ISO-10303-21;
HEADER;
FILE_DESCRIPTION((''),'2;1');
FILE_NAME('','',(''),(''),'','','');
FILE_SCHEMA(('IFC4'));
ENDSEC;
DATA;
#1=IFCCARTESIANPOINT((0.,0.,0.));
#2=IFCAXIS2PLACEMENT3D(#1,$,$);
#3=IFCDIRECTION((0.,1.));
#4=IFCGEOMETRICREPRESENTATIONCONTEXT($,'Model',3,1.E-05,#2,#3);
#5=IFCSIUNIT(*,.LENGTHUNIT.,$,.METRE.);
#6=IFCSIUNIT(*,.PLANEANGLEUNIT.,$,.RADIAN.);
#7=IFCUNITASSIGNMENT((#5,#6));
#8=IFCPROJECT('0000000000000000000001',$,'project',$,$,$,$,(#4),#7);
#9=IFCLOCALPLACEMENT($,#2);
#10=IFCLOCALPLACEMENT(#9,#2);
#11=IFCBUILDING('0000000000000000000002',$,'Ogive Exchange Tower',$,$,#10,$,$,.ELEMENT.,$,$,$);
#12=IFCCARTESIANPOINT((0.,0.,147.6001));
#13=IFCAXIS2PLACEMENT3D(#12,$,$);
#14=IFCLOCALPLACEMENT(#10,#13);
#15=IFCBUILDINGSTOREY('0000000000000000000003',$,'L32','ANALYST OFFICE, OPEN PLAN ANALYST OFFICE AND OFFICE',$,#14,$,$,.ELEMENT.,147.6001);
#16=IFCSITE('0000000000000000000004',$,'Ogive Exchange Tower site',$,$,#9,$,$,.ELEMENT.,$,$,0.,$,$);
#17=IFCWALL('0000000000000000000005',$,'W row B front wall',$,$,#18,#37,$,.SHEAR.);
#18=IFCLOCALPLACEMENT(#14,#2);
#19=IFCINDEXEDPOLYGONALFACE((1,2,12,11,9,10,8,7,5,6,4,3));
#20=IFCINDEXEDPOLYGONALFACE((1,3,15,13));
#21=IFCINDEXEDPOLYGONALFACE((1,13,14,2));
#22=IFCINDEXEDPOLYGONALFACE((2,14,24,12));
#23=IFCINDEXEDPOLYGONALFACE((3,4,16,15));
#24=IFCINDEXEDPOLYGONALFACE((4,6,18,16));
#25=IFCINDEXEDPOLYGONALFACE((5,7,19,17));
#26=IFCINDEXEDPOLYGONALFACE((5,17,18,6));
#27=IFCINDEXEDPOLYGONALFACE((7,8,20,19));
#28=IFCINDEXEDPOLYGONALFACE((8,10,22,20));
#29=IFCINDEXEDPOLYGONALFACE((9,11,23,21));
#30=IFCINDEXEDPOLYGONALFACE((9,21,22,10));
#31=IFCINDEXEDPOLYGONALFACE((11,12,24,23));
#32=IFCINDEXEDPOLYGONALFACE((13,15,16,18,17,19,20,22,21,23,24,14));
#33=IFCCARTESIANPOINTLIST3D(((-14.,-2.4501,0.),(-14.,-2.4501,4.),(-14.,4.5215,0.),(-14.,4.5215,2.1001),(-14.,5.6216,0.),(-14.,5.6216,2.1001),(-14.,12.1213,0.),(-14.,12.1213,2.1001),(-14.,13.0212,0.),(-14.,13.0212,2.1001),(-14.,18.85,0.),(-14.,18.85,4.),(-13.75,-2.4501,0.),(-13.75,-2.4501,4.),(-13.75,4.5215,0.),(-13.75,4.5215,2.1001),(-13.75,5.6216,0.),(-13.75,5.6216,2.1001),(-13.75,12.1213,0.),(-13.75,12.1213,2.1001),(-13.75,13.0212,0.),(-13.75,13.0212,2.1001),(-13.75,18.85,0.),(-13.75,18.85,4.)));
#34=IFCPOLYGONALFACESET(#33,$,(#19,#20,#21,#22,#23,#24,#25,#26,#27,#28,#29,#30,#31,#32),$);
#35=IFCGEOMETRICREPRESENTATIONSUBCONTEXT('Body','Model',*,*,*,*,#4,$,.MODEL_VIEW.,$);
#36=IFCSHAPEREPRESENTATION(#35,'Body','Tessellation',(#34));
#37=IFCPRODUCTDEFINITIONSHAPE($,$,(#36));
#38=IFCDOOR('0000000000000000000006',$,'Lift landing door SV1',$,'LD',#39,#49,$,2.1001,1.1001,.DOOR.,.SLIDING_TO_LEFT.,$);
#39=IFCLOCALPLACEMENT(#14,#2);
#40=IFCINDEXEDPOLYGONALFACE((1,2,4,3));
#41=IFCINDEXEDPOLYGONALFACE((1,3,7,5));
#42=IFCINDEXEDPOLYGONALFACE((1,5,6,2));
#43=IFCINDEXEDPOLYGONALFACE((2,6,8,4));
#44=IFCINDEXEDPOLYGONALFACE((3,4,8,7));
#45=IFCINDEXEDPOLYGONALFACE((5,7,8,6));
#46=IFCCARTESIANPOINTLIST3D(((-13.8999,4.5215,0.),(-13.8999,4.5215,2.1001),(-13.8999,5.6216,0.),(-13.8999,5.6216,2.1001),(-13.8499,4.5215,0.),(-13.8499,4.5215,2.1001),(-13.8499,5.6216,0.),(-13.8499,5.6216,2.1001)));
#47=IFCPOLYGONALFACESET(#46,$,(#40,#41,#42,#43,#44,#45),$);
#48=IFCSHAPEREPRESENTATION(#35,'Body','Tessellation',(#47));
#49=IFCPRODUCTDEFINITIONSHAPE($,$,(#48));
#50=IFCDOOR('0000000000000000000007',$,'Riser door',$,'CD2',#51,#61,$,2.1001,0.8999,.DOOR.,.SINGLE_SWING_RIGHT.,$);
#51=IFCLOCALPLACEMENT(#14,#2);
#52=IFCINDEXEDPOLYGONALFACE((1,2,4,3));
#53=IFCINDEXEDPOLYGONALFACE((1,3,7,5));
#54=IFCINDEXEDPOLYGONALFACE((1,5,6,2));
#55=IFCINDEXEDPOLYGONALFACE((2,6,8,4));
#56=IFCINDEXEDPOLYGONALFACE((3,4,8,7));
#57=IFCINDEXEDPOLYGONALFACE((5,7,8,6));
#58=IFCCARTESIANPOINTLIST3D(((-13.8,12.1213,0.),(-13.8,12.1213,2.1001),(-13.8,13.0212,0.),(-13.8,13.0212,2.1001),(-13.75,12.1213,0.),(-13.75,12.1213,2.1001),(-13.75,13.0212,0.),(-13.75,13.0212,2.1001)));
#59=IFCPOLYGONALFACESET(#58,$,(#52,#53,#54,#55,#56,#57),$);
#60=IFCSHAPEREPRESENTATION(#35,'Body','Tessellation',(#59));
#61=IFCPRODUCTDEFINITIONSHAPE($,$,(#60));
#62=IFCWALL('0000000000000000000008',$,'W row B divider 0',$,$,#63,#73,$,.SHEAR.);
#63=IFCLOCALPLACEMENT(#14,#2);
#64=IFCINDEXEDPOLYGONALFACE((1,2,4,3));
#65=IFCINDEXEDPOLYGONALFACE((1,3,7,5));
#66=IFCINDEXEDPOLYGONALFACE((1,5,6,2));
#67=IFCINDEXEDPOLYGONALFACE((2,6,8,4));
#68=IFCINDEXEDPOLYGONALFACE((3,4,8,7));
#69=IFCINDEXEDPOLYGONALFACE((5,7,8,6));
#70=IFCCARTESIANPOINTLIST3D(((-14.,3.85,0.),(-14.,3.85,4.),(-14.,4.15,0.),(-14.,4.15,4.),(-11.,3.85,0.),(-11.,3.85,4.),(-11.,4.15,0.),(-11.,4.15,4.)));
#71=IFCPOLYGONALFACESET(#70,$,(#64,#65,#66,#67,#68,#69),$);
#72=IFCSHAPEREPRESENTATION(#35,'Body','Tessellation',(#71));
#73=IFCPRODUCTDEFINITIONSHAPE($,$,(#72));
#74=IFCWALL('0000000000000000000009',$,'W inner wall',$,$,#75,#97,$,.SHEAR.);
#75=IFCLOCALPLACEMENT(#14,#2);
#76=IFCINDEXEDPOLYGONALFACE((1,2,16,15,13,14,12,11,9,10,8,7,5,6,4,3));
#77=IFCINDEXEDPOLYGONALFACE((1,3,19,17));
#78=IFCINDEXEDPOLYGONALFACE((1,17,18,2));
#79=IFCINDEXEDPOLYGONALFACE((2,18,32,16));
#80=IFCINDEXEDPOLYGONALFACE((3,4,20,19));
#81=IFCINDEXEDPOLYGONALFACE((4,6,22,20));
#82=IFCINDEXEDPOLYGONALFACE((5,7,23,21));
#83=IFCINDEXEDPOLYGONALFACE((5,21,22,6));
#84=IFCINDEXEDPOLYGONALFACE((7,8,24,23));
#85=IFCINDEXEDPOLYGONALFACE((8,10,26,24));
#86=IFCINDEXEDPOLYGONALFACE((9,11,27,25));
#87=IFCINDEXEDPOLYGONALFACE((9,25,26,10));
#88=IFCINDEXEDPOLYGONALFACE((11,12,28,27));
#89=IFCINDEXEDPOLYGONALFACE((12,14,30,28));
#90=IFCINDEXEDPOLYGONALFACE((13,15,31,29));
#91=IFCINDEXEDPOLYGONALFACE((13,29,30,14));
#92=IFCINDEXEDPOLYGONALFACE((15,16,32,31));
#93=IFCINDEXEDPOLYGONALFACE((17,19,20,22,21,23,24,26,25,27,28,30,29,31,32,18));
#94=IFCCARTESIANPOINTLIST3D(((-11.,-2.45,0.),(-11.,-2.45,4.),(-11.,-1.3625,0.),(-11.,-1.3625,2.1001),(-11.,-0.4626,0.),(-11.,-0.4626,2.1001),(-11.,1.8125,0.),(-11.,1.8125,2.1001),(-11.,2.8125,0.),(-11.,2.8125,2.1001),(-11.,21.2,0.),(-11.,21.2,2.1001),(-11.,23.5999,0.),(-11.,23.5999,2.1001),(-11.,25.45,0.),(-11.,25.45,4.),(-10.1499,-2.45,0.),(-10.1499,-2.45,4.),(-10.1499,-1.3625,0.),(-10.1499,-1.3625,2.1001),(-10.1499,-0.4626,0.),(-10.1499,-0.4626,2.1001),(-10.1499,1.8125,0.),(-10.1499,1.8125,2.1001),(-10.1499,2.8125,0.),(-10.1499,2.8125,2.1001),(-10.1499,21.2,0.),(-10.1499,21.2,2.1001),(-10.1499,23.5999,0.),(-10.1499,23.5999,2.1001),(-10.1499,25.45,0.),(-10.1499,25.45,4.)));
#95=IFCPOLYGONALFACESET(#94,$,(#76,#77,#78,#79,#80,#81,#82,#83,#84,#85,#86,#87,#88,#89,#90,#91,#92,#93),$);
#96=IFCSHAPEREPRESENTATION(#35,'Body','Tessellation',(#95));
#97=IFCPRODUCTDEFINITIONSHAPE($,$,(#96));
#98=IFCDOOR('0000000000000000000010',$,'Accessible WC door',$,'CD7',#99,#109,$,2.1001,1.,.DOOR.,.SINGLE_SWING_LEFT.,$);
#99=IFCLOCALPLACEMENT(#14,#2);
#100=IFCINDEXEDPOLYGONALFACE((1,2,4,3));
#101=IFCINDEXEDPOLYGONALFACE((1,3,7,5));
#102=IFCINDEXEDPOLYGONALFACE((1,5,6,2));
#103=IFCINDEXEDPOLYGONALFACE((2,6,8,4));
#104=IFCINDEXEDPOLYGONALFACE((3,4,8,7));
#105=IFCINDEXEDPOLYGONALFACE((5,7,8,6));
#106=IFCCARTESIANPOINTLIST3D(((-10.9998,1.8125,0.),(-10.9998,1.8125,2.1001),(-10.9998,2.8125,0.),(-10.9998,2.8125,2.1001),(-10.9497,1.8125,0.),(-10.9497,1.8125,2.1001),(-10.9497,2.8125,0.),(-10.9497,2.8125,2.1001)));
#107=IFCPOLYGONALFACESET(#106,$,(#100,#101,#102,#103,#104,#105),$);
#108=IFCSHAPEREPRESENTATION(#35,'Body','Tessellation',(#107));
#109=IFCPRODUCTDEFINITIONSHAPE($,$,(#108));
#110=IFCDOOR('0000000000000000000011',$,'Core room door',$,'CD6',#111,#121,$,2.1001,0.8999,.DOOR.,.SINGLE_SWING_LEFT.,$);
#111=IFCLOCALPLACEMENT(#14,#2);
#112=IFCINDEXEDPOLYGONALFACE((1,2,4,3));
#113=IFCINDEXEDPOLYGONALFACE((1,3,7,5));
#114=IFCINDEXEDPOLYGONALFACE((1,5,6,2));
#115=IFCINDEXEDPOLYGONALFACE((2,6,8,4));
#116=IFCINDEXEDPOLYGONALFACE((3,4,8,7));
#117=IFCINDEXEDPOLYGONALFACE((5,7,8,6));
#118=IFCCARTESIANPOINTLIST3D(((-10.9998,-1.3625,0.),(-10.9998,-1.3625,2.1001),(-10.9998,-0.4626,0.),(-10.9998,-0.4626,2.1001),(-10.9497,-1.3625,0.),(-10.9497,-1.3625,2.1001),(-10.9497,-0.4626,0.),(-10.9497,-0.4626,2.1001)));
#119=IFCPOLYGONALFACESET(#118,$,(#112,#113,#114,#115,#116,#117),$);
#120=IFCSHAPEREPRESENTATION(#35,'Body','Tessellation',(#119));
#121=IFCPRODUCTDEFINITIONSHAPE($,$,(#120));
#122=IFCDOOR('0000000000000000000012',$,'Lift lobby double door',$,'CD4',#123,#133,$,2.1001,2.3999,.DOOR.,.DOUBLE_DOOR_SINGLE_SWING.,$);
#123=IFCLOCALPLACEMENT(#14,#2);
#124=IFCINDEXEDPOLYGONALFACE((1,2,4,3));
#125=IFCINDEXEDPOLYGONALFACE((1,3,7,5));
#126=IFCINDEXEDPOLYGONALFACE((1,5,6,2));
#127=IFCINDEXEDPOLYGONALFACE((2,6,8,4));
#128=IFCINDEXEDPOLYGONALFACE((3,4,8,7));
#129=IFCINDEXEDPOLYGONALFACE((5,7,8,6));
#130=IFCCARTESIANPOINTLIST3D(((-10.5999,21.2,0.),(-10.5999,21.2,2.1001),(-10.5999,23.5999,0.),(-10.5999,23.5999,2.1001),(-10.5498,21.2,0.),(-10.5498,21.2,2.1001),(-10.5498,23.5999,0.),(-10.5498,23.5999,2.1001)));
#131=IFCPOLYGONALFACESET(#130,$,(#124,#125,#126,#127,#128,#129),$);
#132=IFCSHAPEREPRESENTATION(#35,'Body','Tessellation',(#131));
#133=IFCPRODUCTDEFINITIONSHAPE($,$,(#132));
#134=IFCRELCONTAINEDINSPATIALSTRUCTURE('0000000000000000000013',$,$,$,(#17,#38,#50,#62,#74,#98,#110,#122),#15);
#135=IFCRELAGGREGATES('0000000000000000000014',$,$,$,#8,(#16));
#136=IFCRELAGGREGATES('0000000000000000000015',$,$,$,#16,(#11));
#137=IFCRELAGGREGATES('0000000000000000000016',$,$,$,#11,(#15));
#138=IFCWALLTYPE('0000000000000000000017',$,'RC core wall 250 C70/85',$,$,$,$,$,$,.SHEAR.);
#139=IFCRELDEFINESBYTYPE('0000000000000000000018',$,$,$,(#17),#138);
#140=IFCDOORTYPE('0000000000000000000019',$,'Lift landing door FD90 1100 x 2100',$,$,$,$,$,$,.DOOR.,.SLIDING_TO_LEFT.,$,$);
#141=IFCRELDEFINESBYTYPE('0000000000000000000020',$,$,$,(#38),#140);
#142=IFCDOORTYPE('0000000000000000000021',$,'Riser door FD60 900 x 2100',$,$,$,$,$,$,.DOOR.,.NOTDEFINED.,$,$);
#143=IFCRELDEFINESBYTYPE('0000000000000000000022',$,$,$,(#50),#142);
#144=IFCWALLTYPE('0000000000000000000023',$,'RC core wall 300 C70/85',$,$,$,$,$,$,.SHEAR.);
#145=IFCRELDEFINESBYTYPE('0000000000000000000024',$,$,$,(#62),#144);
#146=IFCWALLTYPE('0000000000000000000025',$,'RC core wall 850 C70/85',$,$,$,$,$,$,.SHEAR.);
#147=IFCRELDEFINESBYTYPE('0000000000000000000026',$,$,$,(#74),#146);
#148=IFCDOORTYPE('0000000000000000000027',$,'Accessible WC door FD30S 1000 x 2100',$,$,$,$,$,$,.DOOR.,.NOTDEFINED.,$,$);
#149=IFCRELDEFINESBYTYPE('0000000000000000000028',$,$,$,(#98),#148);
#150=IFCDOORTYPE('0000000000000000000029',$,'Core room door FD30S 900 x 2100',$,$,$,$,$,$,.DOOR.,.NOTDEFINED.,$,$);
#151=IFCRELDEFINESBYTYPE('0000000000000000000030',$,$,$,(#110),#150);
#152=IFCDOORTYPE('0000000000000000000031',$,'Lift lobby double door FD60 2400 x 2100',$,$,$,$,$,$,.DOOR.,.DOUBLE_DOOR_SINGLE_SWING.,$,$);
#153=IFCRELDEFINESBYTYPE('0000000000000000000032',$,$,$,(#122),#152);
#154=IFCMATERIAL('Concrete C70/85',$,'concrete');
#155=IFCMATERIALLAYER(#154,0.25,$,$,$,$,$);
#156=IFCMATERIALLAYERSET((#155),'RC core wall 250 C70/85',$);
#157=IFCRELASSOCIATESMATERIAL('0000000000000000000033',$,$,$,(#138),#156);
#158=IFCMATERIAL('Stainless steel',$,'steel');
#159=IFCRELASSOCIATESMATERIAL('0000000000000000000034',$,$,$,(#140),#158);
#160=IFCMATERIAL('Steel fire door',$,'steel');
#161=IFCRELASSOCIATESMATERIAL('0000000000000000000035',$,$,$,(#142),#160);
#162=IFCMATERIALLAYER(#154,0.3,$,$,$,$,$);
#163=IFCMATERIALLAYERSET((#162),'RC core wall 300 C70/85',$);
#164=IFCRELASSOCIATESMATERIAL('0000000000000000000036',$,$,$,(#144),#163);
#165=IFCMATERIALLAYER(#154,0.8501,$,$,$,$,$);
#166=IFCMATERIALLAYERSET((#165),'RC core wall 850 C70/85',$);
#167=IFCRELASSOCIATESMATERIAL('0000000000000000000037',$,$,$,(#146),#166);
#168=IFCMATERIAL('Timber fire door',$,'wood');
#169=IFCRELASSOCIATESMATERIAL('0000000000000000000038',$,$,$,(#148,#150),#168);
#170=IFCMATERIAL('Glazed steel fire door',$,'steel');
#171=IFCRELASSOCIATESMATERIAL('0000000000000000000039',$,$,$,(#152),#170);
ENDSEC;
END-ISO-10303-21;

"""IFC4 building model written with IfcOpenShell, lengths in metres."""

from ifc_helpers import new_model, si_unit, direction, frame, frame_2d, origin, place, context, subcontext, project, spatial, rectangle, extrude, material, layer, layer_set, type_object, element, fill, save


model = new_model("IFC4")

# Units and contexts
model_context = context("Model", 3, precision=1e-05, world=origin(), true_north=direction((0.0, 1.0)))
body_context = subcontext(model_context, "Body", "Model", "MODEL_VIEW")
ifc_project = project(units=[si_unit("LENGTHUNIT", "METRE"), si_unit("PLANEANGLEUNIT", "RADIAN")], contexts=[model_context])

# Site, building, storey
site_placement = place(None, origin())
site = spatial("IfcSite", under=ifc_project, at=site_placement, Name="Ogive Exchange Tower site", CompositionType="ELEMENT", RefElevation=0.0)
building_placement = place(site_placement, origin())
building = spatial("IfcBuilding", under=site, at=building_placement, Name="Ogive Exchange Tower", CompositionType="ELEMENT")
storey_placement = place(building_placement, frame((0.0, 0.0, 147.6001)))
storey = spatial("IfcBuildingStorey", under=building, at=storey_placement, Name="L32", Description="ANALYST OFFICE, OPEN PLAN ANALYST OFFICE AND OFFICE", CompositionType="ELEMENT", Elevation=147.6001)

# Shared definitions
ifc_material_1 = material(Name="Concrete C70/85", Category="concrete")
ifc_layer_1 = layer(ifc_material_1, 0.25)
ifc_layer_set_1 = layer_set([ifc_layer_1], Name="RC core wall 250 C70/85")
wall_type_1 = type_object("IfcWallType", Name="RC core wall 250 C70/85", PredefinedType="SHEAR", material=ifc_layer_set_1)
ifc_material_2 = material(Name="Steel fire door", Category="steel")

# Wall, openings, doors
ifc_material_3 = material(Name="Stainless steel", Category="steel")
door_type_1 = type_object("IfcDoorType", Name="Lift landing door FD90 1100 x 2100", OperationType="SLIDING_TO_LEFT", PredefinedType="DOOR", material=ifc_material_3)
wall_1_placement = place(storey_placement, frame((-13.875, -2.45, 0.0), z_axis=(0.0, 0.0, 1.0), x_axis=(0.0, 1.0, 0.0)))
wall_1 = element("IfcWall", 1, at=wall_1_placement, inside=storey, type_object=wall_type_1, Name="W row B front wall", PredefinedType="SHEAR", context=body_context, shape_type="SweptSolid", body=[
    extrude(rectangle(XDim=21.3, YDim=0.25, at=frame_2d((10.6499, 0.0))), origin(), (0.0, 0.0, 1.0), 4.0),
])
opening_1_placement = place(wall_1_placement, frame((14.5713, 0.0, 0.0)))
opening_1 = element("IfcOpeningElement", 2, at=opening_1_placement, cuts=wall_1, PredefinedType="OPENING", context=body_context, shape_type="SweptSolid", body=[
    extrude(rectangle(XDim=0.8999, YDim=2.1001, at=frame_2d((0.45, 1.05))), frame((0.0, 0.135, 0.0), z_axis=(0.0, -1.0, 0.0), x_axis=(1.0, 0.0, 0.0)), (0.0, 0.0, 1.0), 0.27),
])
opening_2_placement = place(wall_1_placement, frame((6.9714, 0.0, 0.0)))
opening_2 = element("IfcOpeningElement", 3, at=opening_2_placement, cuts=wall_1, PredefinedType="OPENING", context=body_context, shape_type="SweptSolid", body=[
    extrude(rectangle(XDim=1.1001, YDim=2.1001, at=frame_2d((0.55, 1.05))), frame((0.0, 0.135, 0.0), z_axis=(0.0, -1.0, 0.0), x_axis=(1.0, 0.0, 0.0)), (0.0, 0.0, 1.0), 0.27),
])
door_1_placement = place(opening_2_placement, origin())
door_1 = element("IfcDoor", 4, at=door_1_placement, inside=storey, type_object=door_type_1, Name="Lift landing door SV1", ObjectType="LD", OperationType="SLIDING_TO_LEFT", OverallHeight=2.1001, OverallWidth=1.1001, PredefinedType="DOOR", context=body_context, shape_type="SweptSolid", body=[
    extrude(rectangle(XDim=1.1001, YDim=2.1001, at=frame_2d((0.55, 1.05))), frame((0.0, 0.0249, 0.0), z_axis=(0.0, -1.0, 0.0), x_axis=(1.0, 0.0, 0.0)), (0.0, 0.0, 1.0), 0.05),
])
fill(opening_2, door_1)
door_type_2 = type_object("IfcDoorType", Name="Riser door FD60 900 x 2100", OperationType="NOTDEFINED", PredefinedType="DOOR", material=ifc_material_2)
door_2_placement = place(opening_1_placement, frame((0.8999, -0.2002, 0.0), z_axis=(0.0, 0.0, 1.0), x_axis=(-1.0, 0.0, 0.0)))
door_2 = element("IfcDoor", 5, at=door_2_placement, inside=storey, type_object=door_type_2, Name="Riser door", ObjectType="CD2", OperationType="SINGLE_SWING_RIGHT", OverallHeight=2.1001, OverallWidth=0.8999, PredefinedType="DOOR", context=body_context, shape_type="SweptSolid", body=[
    extrude(rectangle(XDim=0.8999, YDim=2.1001, at=frame_2d((0.45, 1.05))), frame((0.0, -0.0752, 0.0), z_axis=(0.0, -1.0, 0.0), x_axis=(1.0, 0.0, 0.0)), (0.0, 0.0, 1.0), 0.05),
])
fill(opening_1, door_2)

# Wall
ifc_layer_2 = layer(ifc_material_1, 0.3)
ifc_layer_set_2 = layer_set([ifc_layer_2], Name="RC core wall 300 C70/85")
wall_type_2 = type_object("IfcWallType", Name="RC core wall 300 C70/85", PredefinedType="SHEAR", material=ifc_layer_set_2)
wall_2_placement = place(storey_placement, frame((-14.0, 4.0, 0.0), z_axis=(0.0, 0.0, 1.0), x_axis=(1.0, 0.0, 0.0)))
element("IfcWall", 6, at=wall_2_placement, inside=storey, type_object=wall_type_2, Name="W row B divider 0", PredefinedType="SHEAR", context=body_context, shape_type="SweptSolid", body=[
    extrude(rectangle(XDim=3.0, YDim=0.3, at=frame_2d((1.5, 0.0))), origin(), (0.0, 0.0, 1.0), 4.0),
])

# Wall, openings, doors
ifc_layer_3 = layer(ifc_material_1, 0.8501)
ifc_layer_set_3 = layer_set([ifc_layer_3], Name="RC core wall 850 C70/85")
wall_type_3 = type_object("IfcWallType", Name="RC core wall 850 C70/85", PredefinedType="SHEAR", material=ifc_layer_set_3)
wall_3_placement = place(storey_placement, frame((-10.575, -2.45, 0.0), z_axis=(0.0, 0.0, 1.0), x_axis=(0.0, 1.0, 0.0)))
wall_3 = element("IfcWall", 7, at=wall_3_placement, inside=storey, type_object=wall_type_3, Name="W inner wall", PredefinedType="SHEAR", context=body_context, shape_type="SweptSolid", body=[
    extrude(rectangle(XDim=27.8999, YDim=0.8501, at=frame_2d((13.95, 0.0))), origin(), (0.0, 0.0, 1.0), 4.0),
])
opening_3_placement = place(wall_3_placement, frame((23.6499, 0.0, 0.0)))
opening_3 = element("IfcOpeningElement", 8, at=opening_3_placement, cuts=wall_3, PredefinedType="OPENING", context=body_context, shape_type="SweptSolid", body=[
    extrude(rectangle(XDim=2.3999, YDim=2.1001, at=frame_2d((1.2, 1.05))), frame((0.0, 0.4351, 0.0), z_axis=(0.0, -1.0, 0.0), x_axis=(1.0, 0.0, 0.0)), (0.0, 0.0, 1.0), 0.8701),
])
opening_4_placement = place(wall_3_placement, frame((1.0874, 0.0, 0.0)))
opening_4 = element("IfcOpeningElement", 9, at=opening_4_placement, cuts=wall_3, PredefinedType="OPENING", context=body_context, shape_type="SweptSolid", body=[
    extrude(rectangle(XDim=0.8999, YDim=2.1001, at=frame_2d((0.45, 1.05))), frame((0.0, 0.4351, 0.0), z_axis=(0.0, -1.0, 0.0), x_axis=(1.0, 0.0, 0.0)), (0.0, 0.0, 1.0), 0.8701),
])
opening_5_placement = place(wall_3_placement, frame((4.2625, 0.0, 0.0)))
opening_5 = element("IfcOpeningElement", 10, at=opening_5_placement, cuts=wall_3, PredefinedType="OPENING", context=body_context, shape_type="SweptSolid", body=[
    extrude(rectangle(XDim=1.0, YDim=2.1001, at=frame_2d((0.5, 1.05))), frame((0.0, 0.4351, 0.0), z_axis=(0.0, -1.0, 0.0), x_axis=(1.0, 0.0, 0.0)), (0.0, 0.0, 1.0), 0.8701),
])
ifc_material_4 = material(Name="Timber fire door", Category="wood")
door_type_3 = type_object("IfcDoorType", Name="Accessible WC door FD30S 1000 x 2100", OperationType="NOTDEFINED", PredefinedType="DOOR", material=ifc_material_4)
door_3_placement = place(opening_5_placement, origin())
door_3 = element("IfcDoor", 11, at=door_3_placement, inside=storey, type_object=door_type_3, Name="Accessible WC door", ObjectType="CD7", OperationType="SINGLE_SWING_LEFT", OverallHeight=2.1001, OverallWidth=1.0, PredefinedType="DOOR", context=body_context, shape_type="SweptSolid", body=[
    extrude(rectangle(XDim=1.0, YDim=2.1001, at=frame_2d((0.5, 1.05))), frame((0.0, 0.4248, 0.0), z_axis=(0.0, -1.0, 0.0), x_axis=(1.0, 0.0, 0.0)), (0.0, 0.0, 1.0), 0.05),
])
fill(opening_5, door_3)
door_type_4 = type_object("IfcDoorType", Name="Core room door FD30S 900 x 2100", OperationType="NOTDEFINED", PredefinedType="DOOR", material=ifc_material_4)
door_4_placement = place(opening_4_placement, origin())
door_4 = element("IfcDoor", 12, at=door_4_placement, inside=storey, type_object=door_type_4, Name="Core room door", ObjectType="CD6", OperationType="SINGLE_SWING_LEFT", OverallHeight=2.1001, OverallWidth=0.8999, PredefinedType="DOOR", context=body_context, shape_type="SweptSolid", body=[
    extrude(rectangle(XDim=0.8999, YDim=2.1001, at=frame_2d((0.45, 1.05))), frame((0.0, 0.4248, 0.0), z_axis=(0.0, -1.0, 0.0), x_axis=(1.0, 0.0, 0.0)), (0.0, 0.0, 1.0), 0.05),
])
fill(opening_4, door_4)
ifc_material_5 = material(Name="Glazed steel fire door", Category="steel")
door_type_5 = type_object("IfcDoorType", Name="Lift lobby double door FD60 2400 x 2100", OperationType="DOUBLE_DOOR_SINGLE_SWING", PredefinedType="DOOR", material=ifc_material_5)
door_5_placement = place(opening_3_placement, origin())
door_5 = element("IfcDoor", 13, at=door_5_placement, inside=storey, type_object=door_type_5, Name="Lift lobby double door", ObjectType="CD4", OperationType="DOUBLE_DOOR_SINGLE_SWING", OverallHeight=2.1001, OverallWidth=2.3999, PredefinedType="DOOR", context=body_context, shape_type="SweptSolid", body=[
    extrude(rectangle(XDim=2.3999, YDim=2.1001, at=frame_2d((1.2, 1.05))), frame((0.0, 0.0249, 0.0), z_axis=(0.0, -1.0, 0.0), x_axis=(1.0, 0.0, 0.0)), (0.0, 0.0, 1.0), 0.05),
])
fill(opening_3, door_5)

save(model, "model.ifc")
